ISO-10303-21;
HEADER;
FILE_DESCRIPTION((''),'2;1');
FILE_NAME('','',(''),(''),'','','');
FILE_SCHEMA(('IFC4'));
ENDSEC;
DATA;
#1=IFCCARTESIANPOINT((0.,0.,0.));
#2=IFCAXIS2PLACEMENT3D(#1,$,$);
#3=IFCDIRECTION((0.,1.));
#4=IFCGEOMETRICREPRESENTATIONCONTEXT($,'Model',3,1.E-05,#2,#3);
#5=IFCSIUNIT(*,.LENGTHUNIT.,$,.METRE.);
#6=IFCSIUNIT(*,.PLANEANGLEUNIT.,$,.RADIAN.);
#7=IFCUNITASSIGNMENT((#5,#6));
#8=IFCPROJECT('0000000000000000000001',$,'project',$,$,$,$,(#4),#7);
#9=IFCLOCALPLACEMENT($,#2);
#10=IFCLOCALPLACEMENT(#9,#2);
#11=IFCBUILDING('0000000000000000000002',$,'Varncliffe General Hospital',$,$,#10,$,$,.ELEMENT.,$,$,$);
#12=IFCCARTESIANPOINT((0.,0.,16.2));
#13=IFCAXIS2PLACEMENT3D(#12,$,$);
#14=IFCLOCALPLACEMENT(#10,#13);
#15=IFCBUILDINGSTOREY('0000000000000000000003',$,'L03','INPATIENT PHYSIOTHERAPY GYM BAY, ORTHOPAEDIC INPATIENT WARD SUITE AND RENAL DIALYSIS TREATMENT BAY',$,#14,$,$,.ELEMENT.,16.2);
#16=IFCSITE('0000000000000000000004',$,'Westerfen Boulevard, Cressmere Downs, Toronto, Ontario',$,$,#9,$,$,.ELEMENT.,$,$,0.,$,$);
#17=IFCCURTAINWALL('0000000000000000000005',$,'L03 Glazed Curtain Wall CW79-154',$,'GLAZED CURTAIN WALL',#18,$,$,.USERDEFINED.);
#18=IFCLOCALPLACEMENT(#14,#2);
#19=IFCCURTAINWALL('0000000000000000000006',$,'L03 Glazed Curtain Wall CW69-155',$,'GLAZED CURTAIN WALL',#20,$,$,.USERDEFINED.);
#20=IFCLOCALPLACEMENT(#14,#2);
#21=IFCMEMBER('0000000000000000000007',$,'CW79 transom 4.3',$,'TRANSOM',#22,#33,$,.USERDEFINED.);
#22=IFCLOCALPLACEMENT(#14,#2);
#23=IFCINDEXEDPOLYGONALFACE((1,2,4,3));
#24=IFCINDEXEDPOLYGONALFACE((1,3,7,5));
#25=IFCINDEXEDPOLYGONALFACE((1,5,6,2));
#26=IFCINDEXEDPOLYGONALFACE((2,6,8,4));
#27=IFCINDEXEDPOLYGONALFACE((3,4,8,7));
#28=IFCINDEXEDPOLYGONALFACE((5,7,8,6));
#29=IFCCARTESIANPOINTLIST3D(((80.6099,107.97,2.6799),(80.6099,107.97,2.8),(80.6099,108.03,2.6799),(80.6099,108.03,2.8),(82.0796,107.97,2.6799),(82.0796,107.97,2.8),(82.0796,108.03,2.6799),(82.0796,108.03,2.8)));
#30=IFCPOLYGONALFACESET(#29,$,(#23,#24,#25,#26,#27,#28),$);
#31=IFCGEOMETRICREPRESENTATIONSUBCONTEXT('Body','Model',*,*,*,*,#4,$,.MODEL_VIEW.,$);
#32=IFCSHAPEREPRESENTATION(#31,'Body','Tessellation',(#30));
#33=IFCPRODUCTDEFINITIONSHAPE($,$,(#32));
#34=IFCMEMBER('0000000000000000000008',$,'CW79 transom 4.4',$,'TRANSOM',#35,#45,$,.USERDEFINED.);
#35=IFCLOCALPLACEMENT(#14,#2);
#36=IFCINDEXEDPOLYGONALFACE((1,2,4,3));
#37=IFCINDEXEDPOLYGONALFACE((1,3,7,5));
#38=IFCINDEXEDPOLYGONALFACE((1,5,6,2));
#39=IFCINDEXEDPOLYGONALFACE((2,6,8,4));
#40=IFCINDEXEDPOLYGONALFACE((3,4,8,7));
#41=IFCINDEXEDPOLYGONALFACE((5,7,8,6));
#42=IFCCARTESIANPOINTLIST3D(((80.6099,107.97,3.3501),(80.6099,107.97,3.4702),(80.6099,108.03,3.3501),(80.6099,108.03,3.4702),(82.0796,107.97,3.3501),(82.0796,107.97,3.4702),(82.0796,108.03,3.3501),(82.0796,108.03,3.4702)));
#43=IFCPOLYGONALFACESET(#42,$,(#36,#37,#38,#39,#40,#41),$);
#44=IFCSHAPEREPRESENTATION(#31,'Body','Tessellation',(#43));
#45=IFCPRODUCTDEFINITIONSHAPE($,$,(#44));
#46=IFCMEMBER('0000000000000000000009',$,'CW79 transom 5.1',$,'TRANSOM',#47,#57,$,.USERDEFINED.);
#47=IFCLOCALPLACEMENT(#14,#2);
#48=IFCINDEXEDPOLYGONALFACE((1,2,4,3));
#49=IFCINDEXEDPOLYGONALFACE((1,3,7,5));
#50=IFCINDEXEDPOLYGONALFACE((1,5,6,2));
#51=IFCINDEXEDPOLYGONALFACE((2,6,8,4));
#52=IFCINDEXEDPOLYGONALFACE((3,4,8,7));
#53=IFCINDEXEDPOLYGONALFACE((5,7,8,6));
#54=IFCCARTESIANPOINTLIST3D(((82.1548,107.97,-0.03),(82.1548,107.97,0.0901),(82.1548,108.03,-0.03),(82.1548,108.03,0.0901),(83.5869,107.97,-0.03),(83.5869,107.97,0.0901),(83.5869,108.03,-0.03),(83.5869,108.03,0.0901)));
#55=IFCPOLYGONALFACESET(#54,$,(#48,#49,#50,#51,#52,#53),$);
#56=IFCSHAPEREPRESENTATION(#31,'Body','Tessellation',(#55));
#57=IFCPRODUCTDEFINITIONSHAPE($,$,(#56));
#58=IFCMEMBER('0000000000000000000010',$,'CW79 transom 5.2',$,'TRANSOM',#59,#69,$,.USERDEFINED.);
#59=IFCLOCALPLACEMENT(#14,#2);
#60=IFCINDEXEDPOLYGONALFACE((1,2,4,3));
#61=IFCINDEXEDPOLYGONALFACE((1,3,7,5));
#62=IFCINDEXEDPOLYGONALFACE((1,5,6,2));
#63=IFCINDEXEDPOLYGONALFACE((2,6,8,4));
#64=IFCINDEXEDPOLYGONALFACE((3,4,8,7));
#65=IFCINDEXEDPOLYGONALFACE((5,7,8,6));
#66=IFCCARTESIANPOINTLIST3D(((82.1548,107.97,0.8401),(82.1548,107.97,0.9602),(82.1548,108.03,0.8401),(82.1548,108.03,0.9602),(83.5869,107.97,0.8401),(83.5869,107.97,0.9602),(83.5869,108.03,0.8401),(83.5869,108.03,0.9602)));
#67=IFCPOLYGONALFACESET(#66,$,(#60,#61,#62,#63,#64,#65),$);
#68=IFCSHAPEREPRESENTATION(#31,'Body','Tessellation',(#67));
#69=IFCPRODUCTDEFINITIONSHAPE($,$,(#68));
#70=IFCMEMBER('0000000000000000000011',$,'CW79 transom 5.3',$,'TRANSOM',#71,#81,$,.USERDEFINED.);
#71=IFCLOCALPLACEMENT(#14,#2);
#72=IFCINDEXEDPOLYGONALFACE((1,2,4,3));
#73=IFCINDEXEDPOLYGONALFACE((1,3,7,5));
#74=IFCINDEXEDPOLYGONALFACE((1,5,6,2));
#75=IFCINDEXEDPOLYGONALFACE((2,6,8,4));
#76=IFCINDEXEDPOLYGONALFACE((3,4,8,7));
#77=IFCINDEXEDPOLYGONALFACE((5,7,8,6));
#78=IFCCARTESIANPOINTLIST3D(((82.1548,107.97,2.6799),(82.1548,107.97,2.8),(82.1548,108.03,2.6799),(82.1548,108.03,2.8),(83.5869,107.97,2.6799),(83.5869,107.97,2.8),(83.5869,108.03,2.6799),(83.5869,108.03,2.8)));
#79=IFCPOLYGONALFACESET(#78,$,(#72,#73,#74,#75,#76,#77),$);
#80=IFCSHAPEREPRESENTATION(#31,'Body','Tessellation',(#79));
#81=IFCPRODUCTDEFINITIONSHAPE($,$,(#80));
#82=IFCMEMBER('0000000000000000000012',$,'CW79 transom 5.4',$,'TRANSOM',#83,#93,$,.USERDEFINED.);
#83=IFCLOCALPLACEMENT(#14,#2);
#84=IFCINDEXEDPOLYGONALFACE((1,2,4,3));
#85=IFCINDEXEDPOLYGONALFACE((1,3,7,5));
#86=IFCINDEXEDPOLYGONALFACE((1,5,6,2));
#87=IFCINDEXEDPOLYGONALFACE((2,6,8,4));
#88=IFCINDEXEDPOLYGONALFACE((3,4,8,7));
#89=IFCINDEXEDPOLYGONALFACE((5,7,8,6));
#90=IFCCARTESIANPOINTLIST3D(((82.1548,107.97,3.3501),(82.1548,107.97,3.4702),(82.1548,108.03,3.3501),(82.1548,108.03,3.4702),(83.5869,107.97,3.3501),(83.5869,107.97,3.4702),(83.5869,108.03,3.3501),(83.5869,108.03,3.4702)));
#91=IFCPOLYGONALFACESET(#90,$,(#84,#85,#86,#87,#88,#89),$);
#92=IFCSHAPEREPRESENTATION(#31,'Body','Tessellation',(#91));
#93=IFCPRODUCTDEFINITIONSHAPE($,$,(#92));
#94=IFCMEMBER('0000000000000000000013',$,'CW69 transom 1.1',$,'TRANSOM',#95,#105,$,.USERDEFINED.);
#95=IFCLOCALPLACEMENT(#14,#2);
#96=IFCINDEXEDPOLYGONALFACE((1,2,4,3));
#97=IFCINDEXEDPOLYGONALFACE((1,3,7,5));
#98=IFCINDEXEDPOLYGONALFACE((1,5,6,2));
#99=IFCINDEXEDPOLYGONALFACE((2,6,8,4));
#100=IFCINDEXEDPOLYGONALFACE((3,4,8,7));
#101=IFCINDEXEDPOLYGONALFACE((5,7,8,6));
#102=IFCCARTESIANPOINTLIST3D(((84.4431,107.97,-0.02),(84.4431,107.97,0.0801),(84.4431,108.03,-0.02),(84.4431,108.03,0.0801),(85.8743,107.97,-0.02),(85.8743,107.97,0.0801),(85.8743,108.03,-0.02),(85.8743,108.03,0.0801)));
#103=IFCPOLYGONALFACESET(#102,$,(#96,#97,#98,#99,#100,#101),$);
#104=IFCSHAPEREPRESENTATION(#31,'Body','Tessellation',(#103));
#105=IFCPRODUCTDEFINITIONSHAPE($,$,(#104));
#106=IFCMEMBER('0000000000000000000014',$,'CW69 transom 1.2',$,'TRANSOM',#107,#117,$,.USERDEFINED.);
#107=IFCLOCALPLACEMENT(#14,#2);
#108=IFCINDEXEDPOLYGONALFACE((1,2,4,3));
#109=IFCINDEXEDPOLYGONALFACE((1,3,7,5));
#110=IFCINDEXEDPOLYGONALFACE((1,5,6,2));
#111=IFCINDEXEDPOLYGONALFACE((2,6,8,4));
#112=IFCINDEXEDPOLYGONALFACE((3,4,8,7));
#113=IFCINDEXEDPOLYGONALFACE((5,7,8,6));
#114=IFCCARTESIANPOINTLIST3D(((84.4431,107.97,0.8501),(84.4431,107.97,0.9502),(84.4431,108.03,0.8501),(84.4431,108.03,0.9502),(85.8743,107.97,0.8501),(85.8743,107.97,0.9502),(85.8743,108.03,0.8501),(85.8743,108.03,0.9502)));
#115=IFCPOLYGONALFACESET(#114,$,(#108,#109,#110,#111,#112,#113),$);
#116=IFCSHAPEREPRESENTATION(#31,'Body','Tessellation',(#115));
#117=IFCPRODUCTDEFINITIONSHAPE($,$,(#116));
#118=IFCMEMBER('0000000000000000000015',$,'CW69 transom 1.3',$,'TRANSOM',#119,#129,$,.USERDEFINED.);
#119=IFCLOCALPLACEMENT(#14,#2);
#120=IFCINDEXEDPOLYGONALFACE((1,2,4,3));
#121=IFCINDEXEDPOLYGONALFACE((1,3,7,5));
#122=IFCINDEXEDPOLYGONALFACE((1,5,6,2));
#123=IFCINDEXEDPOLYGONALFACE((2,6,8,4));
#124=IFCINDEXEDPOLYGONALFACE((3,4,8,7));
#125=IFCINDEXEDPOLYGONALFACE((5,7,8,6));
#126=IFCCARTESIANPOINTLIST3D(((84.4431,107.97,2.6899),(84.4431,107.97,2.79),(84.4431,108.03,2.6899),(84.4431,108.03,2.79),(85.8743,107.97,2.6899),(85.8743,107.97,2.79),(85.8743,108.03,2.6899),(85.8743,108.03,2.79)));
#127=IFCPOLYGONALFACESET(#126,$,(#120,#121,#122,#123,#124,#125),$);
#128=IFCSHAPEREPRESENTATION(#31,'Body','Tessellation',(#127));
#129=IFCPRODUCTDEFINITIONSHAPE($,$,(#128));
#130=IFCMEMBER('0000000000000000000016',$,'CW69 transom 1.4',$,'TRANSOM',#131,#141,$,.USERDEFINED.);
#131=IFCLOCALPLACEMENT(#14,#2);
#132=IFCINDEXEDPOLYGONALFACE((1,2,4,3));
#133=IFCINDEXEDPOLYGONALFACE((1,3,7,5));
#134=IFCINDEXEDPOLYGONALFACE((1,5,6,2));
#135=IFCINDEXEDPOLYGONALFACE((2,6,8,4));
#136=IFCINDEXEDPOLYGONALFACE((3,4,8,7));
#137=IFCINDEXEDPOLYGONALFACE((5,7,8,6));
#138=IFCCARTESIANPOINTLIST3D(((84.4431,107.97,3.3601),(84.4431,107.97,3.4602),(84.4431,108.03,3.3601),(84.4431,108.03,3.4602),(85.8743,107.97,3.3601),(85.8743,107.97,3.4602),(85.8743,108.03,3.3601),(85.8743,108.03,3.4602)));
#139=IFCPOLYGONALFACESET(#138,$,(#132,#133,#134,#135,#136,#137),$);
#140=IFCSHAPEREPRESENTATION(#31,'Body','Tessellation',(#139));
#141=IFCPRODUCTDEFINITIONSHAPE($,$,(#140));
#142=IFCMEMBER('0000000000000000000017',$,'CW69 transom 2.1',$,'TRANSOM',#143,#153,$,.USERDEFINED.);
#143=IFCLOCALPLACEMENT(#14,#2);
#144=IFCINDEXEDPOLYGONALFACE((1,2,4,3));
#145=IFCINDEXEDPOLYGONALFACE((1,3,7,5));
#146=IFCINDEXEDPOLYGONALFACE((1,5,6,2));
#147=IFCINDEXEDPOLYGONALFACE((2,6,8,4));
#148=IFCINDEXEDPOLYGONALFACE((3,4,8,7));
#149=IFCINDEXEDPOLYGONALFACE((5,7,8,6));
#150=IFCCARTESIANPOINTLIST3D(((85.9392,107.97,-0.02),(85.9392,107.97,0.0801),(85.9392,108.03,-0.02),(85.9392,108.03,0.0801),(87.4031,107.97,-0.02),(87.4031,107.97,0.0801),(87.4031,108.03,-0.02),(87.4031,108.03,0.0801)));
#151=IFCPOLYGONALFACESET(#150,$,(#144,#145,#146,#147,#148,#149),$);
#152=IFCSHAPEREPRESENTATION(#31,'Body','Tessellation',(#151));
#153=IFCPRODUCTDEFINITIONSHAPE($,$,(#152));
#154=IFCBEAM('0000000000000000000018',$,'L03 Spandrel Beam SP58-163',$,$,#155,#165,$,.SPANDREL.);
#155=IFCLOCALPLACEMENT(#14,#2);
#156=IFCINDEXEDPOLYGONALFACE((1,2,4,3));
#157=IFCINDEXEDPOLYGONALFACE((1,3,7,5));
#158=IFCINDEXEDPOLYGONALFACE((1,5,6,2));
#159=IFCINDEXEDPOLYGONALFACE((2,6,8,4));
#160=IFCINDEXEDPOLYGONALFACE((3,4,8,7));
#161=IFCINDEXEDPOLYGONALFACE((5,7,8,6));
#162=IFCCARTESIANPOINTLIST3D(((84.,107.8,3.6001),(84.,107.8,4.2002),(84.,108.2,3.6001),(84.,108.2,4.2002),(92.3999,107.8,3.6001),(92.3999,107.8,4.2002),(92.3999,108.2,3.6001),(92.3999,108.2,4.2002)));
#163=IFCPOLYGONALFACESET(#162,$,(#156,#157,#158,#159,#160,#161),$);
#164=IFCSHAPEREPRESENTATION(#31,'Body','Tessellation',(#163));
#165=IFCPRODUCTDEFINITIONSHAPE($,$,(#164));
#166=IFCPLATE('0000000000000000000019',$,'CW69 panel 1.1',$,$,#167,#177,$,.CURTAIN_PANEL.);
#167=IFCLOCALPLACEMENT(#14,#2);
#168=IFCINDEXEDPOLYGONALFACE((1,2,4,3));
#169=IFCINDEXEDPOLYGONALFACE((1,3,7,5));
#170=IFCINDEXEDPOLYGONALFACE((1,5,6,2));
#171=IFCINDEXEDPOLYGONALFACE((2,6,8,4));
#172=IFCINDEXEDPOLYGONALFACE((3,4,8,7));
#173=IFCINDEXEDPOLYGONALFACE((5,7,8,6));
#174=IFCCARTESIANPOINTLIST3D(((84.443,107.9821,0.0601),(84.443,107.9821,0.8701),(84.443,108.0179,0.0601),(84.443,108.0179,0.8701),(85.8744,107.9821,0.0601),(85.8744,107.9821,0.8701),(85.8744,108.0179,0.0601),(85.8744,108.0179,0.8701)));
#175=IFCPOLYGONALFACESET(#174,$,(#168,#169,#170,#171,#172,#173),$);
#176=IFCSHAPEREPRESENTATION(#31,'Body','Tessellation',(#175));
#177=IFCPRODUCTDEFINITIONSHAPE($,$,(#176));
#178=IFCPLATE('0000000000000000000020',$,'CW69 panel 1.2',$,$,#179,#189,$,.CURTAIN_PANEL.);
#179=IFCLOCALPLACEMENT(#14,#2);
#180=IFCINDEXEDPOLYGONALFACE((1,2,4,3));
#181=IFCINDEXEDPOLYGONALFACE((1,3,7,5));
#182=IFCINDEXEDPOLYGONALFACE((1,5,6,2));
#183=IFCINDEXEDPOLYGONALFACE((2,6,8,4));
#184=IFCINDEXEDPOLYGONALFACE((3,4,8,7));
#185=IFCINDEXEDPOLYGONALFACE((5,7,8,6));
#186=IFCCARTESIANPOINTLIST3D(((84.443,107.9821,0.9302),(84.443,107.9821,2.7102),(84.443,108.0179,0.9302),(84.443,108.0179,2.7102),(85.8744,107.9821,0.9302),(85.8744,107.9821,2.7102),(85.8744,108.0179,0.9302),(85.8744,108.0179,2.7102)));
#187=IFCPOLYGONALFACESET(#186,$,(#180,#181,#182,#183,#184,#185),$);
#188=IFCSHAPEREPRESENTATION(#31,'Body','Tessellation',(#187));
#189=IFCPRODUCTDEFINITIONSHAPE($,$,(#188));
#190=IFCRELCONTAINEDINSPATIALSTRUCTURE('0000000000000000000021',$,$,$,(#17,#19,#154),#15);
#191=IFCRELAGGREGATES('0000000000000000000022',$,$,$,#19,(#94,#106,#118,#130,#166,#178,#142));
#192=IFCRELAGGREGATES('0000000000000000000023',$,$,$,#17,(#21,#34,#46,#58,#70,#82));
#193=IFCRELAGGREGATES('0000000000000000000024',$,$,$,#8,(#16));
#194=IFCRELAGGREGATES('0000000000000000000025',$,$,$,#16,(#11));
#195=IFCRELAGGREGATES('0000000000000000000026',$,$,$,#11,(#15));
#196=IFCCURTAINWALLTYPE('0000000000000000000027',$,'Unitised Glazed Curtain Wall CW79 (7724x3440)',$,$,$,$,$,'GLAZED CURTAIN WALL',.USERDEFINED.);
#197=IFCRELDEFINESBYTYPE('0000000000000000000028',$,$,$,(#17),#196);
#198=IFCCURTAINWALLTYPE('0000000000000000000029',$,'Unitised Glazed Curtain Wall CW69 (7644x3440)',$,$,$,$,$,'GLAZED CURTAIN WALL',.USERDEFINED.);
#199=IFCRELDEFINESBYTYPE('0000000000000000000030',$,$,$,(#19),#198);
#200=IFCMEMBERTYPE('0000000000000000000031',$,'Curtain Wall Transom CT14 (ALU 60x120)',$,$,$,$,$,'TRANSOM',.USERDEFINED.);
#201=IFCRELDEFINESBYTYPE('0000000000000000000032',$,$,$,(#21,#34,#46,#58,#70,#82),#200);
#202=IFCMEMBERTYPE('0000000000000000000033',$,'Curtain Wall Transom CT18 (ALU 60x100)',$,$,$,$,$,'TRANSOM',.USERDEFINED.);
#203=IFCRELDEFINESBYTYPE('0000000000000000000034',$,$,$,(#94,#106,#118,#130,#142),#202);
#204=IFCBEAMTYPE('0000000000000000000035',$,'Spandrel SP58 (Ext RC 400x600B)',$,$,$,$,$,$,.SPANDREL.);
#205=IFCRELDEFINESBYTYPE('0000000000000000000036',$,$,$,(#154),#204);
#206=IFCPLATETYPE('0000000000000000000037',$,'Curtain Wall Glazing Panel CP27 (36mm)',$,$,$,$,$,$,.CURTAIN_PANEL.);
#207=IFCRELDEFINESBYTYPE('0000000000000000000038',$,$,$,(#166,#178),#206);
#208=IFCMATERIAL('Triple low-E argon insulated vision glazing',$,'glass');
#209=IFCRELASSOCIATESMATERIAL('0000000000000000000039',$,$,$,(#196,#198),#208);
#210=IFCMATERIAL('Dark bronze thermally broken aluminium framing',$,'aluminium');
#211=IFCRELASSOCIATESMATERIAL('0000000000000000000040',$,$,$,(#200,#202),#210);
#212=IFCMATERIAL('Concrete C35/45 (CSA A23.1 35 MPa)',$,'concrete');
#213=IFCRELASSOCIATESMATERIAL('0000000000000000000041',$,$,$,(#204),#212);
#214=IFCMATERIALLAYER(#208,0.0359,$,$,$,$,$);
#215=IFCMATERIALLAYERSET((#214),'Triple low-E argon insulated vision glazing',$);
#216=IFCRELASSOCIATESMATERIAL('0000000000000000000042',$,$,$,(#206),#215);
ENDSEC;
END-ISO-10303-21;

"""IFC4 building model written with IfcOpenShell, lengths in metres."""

from ifc_helpers import new_model, si_unit, direction, frame, origin, origin_2d, place, context, subcontext, project, spatial, rectangle, extrude, material, layer, layer_set, material_profile, profile_set, type_object, element, aggregate, save


model = new_model("IFC4")

# Units and contexts
model_context = context("Model", 3, precision=1e-05, world=origin(), true_north=direction((0.0, 1.0)))
body_context = subcontext(model_context, "Body", "Model", "MODEL_VIEW")
ifc_project = project(units=[si_unit("LENGTHUNIT", "METRE"), si_unit("PLANEANGLEUNIT", "RADIAN")], contexts=[model_context])

# Site, building, storey
site_placement = place(None, origin())
site = spatial("IfcSite", under=ifc_project, at=site_placement, Name="Westerfen Boulevard, Cressmere Downs, Toronto, Ontario", CompositionType="ELEMENT", RefElevation=0.0)
building_placement = place(site_placement, origin())
building = spatial("IfcBuilding", under=site, at=building_placement, Name="Varncliffe General Hospital", CompositionType="ELEMENT")
storey_placement = place(building_placement, frame((0.0, 0.0, 16.2)))
storey = spatial("IfcBuildingStorey", under=building, at=storey_placement, Name="L03", Description="INPATIENT PHYSIOTHERAPY GYM BAY, ORTHOPAEDIC INPATIENT WARD SUITE AND RENAL DIALYSIS TREATMENT BAY", CompositionType="ELEMENT", Elevation=16.2)

# Shared definitions
ifc_material_1 = material(Name="Concrete C35/45 (CSA A23.1 35 MPa)", Category="concrete")

# Curtain walls
ifc_material_2 = material(Name="Triple low-E argon insulated vision glazing", Category="glass")
curtain_wall_type_1 = type_object("IfcCurtainWallType", Name="Unitised Glazed Curtain Wall CW79 (7724x3440)", ElementType="GLAZED CURTAIN WALL", PredefinedType="USERDEFINED", material=ifc_material_2)
curtain_wall_1_placement = place(storey_placement, origin())
curtain_wall_1 = element("IfcCurtainWall", 1, at=curtain_wall_1_placement, inside=storey, type_object=curtain_wall_type_1, Name="L03 Glazed Curtain Wall CW79-154", ObjectType="GLAZED CURTAIN WALL", PredefinedType="USERDEFINED")
ifc_material_3 = material(Name="Dark bronze thermally broken aluminium framing", Category="aluminium")
curtain_wall_type_2 = type_object("IfcCurtainWallType", Name="Unitised Glazed Curtain Wall CW69 (7644x3440)", ElementType="GLAZED CURTAIN WALL", PredefinedType="USERDEFINED", material=ifc_material_2)
curtain_wall_2_placement = place(storey_placement, origin())
curtain_wall_2 = element("IfcCurtainWall", 2, at=curtain_wall_2_placement, inside=storey, type_object=curtain_wall_type_2, Name="L03 Glazed Curtain Wall CW69-155", ObjectType="GLAZED CURTAIN WALL", PredefinedType="USERDEFINED")

# Members
ifc_material_profile_1 = material_profile(ifc_material_3, rectangle(XDim=0.0601, YDim=0.1201, at=origin_2d()), Name="ALU 60x120")
ifc_profile_set_1 = profile_set([ifc_material_profile_1], Name="Dark bronze thermally broken aluminium framing")
member_type_1 = type_object("IfcMemberType", Name="Curtain Wall Transom CT14 (ALU 60x120)", ElementType="TRANSOM", PredefinedType="USERDEFINED", material=ifc_profile_set_1)
member_1_placement = place(storey_placement, frame((80.6099, 108.0, 2.74), z_axis=(1.0, 0.0, 0.0), x_axis=(0.0, 1.0, 0.0)))
member_1 = element("IfcMember", 3, at=member_1_placement, type_object=member_type_1, Name="CW79 transom 4.3", ObjectType="TRANSOM", PredefinedType="USERDEFINED", context=body_context, shape_type="SweptSolid", body=[
    extrude(rectangle(XDim=0.0601, YDim=0.1201, at=origin_2d()), origin(), (0.0, 0.0, 1.0), 1.4697),
])
member_2_placement = place(storey_placement, frame((80.6099, 108.0, 3.4102), z_axis=(1.0, 0.0, 0.0), x_axis=(0.0, 1.0, 0.0)))
member_2 = element("IfcMember", 4, at=member_2_placement, type_object=member_type_1, Name="CW79 transom 4.4", ObjectType="TRANSOM", PredefinedType="USERDEFINED", context=body_context, shape_type="SweptSolid", body=[
    extrude(rectangle(XDim=0.0601, YDim=0.1201, at=origin_2d()), origin(), (0.0, 0.0, 1.0), 1.4697),
])
member_3_placement = place(storey_placement, frame((82.1548, 108.0, 0.03), z_axis=(1.0, 0.0, 0.0), x_axis=(0.0, 1.0, 0.0)))
member_3 = element("IfcMember", 5, at=member_3_placement, type_object=member_type_1, Name="CW79 transom 5.1", ObjectType="TRANSOM", PredefinedType="USERDEFINED", context=body_context, shape_type="SweptSolid", body=[
    extrude(rectangle(XDim=0.0601, YDim=0.1201, at=origin_2d()), origin(), (0.0, 0.0, 1.0), 1.4321),
])
member_4_placement = place(storey_placement, frame((82.1548, 108.0, 0.9001), z_axis=(1.0, 0.0, 0.0), x_axis=(0.0, 1.0, 0.0)))
member_4 = element("IfcMember", 6, at=member_4_placement, type_object=member_type_1, Name="CW79 transom 5.2", ObjectType="TRANSOM", PredefinedType="USERDEFINED", context=body_context, shape_type="SweptSolid", body=[
    extrude(rectangle(XDim=0.0601, YDim=0.1201, at=origin_2d()), origin(), (0.0, 0.0, 1.0), 1.4321),
])
member_5_placement = place(storey_placement, frame((82.1548, 108.0, 2.74), z_axis=(1.0, 0.0, 0.0), x_axis=(0.0, 1.0, 0.0)))
member_5 = element("IfcMember", 7, at=member_5_placement, type_object=member_type_1, Name="CW79 transom 5.3", ObjectType="TRANSOM", PredefinedType="USERDEFINED", context=body_context, shape_type="SweptSolid", body=[
    extrude(rectangle(XDim=0.0601, YDim=0.1201, at=origin_2d()), origin(), (0.0, 0.0, 1.0), 1.4321),
])
member_6_placement = place(storey_placement, frame((82.1548, 108.0, 3.4102), z_axis=(1.0, 0.0, 0.0), x_axis=(0.0, 1.0, 0.0)))
member_6 = element("IfcMember", 8, at=member_6_placement, type_object=member_type_1, Name="CW79 transom 5.4", ObjectType="TRANSOM", PredefinedType="USERDEFINED", context=body_context, shape_type="SweptSolid", body=[
    extrude(rectangle(XDim=0.0601, YDim=0.1201, at=origin_2d()), origin(), (0.0, 0.0, 1.0), 1.4321),
])
ifc_material_profile_2 = material_profile(ifc_material_3, rectangle(XDim=0.0601, YDim=0.1001, at=origin_2d()), Name="ALU 60x100")
ifc_profile_set_2 = profile_set([ifc_material_profile_2], Name="Dark bronze thermally broken aluminium framing")
member_type_2 = type_object("IfcMemberType", Name="Curtain Wall Transom CT18 (ALU 60x100)", ElementType="TRANSOM", PredefinedType="USERDEFINED", material=ifc_profile_set_2)
member_7_placement = place(storey_placement, frame((84.4431, 108.0, 0.03), z_axis=(1.0, 0.0, 0.0), x_axis=(0.0, 1.0, 0.0)))
member_7 = element("IfcMember", 9, at=member_7_placement, type_object=member_type_2, Name="CW69 transom 1.1", ObjectType="TRANSOM", PredefinedType="USERDEFINED", context=body_context, shape_type="SweptSolid", body=[
    extrude(rectangle(XDim=0.0601, YDim=0.1001, at=origin_2d()), origin(), (0.0, 0.0, 1.0), 1.4312),
])
member_8_placement = place(storey_placement, frame((84.4431, 108.0, 0.9001), z_axis=(1.0, 0.0, 0.0), x_axis=(0.0, 1.0, 0.0)))
member_8 = element("IfcMember", 10, at=member_8_placement, type_object=member_type_2, Name="CW69 transom 1.2", ObjectType="TRANSOM", PredefinedType="USERDEFINED", context=body_context, shape_type="SweptSolid", body=[
    extrude(rectangle(XDim=0.0601, YDim=0.1001, at=origin_2d()), origin(), (0.0, 0.0, 1.0), 1.4312),
])
member_9_placement = place(storey_placement, frame((84.4431, 108.0, 2.74), z_axis=(1.0, 0.0, 0.0), x_axis=(0.0, 1.0, 0.0)))
member_9 = element("IfcMember", 11, at=member_9_placement, type_object=member_type_2, Name="CW69 transom 1.3", ObjectType="TRANSOM", PredefinedType="USERDEFINED", context=body_context, shape_type="SweptSolid", body=[
    extrude(rectangle(XDim=0.0601, YDim=0.1001, at=origin_2d()), origin(), (0.0, 0.0, 1.0), 1.4312),
])
member_10_placement = place(storey_placement, frame((84.4431, 108.0, 3.4102), z_axis=(1.0, 0.0, 0.0), x_axis=(0.0, 1.0, 0.0)))
member_10 = element("IfcMember", 12, at=member_10_placement, type_object=member_type_2, Name="CW69 transom 1.4", ObjectType="TRANSOM", PredefinedType="USERDEFINED", context=body_context, shape_type="SweptSolid", body=[
    extrude(rectangle(XDim=0.0601, YDim=0.1001, at=origin_2d()), origin(), (0.0, 0.0, 1.0), 1.4312),
])
member_11_placement = place(storey_placement, frame((85.9392, 108.0, 0.03), z_axis=(1.0, 0.0, 0.0), x_axis=(0.0, 1.0, 0.0)))
member_11 = element("IfcMember", 13, at=member_11_placement, type_object=member_type_2, Name="CW69 transom 2.1", ObjectType="TRANSOM", PredefinedType="USERDEFINED", context=body_context, shape_type="SweptSolid", body=[
    extrude(rectangle(XDim=0.0601, YDim=0.1001, at=origin_2d()), origin(), (0.0, 0.0, 1.0), 1.4639),
])

# Beam
ifc_material_profile_3 = material_profile(ifc_material_1, rectangle(XDim=0.3999, YDim=0.6001, at=origin_2d()), Name="RC 400x600")
ifc_profile_set_3 = profile_set([ifc_material_profile_3], Name="Concrete C35/45 (CSA A23.1 35 MPa)")
beam_type_1 = type_object("IfcBeamType", Name="Spandrel SP58 (Ext RC 400x600B)", PredefinedType="SPANDREL", material=ifc_profile_set_3)
beam_1_placement = place(storey_placement, frame((84.0, 108.0, 3.9001), z_axis=(1.0, 0.0, 0.0), x_axis=(0.0, 1.0, 0.0)))
element("IfcBeam", 14, at=beam_1_placement, inside=storey, type_object=beam_type_1, Name="L03 Spandrel Beam SP58-163", PredefinedType="SPANDREL", context=body_context, shape_type="SweptSolid", body=[
    extrude(rectangle(XDim=0.3999, YDim=0.6001, at=origin_2d()), origin(), (0.0, 0.0, 1.0), 8.3999),
])

# Plates
ifc_layer_1 = layer(ifc_material_2, 0.0359)
ifc_layer_set_1 = layer_set([ifc_layer_1], Name="Triple low-E argon insulated vision glazing")
plate_type_1 = type_object("IfcPlateType", Name="Curtain Wall Glazing Panel CP27 (36mm)", PredefinedType="CURTAIN_PANEL", material=ifc_layer_set_1)
plate_1_placement = place(storey_placement, frame((85.1587, 108.0, 0.0601), z_axis=(0.0, 0.0, 1.0), x_axis=(1.0, 0.0, 0.0)))
plate_1 = element("IfcPlate", 15, at=plate_1_placement, type_object=plate_type_1, Name="CW69 panel 1.1", PredefinedType="CURTAIN_PANEL", context=body_context, shape_type="SweptSolid", body=[
    extrude(rectangle(XDim=1.4314, YDim=0.0359, at=origin_2d()), origin(), (0.0, 0.0, 1.0), 0.8101),
])
plate_2_placement = place(storey_placement, frame((85.1587, 108.0, 0.9302), z_axis=(0.0, 0.0, 1.0), x_axis=(1.0, 0.0, 0.0)))
plate_2 = element("IfcPlate", 16, at=plate_2_placement, type_object=plate_type_1, Name="CW69 panel 1.2", PredefinedType="CURTAIN_PANEL", context=body_context, shape_type="SweptSolid", body=[
    extrude(rectangle(XDim=1.4314, YDim=0.0359, at=origin_2d()), origin(), (0.0, 0.0, 1.0), 1.78),
])
aggregate(curtain_wall_2, [member_7, member_8, member_9, member_10, plate_1, plate_2, member_11])
aggregate(curtain_wall_1, [member_1, member_2, member_3, member_4, member_5, member_6])

save(model, "model.ifc")
